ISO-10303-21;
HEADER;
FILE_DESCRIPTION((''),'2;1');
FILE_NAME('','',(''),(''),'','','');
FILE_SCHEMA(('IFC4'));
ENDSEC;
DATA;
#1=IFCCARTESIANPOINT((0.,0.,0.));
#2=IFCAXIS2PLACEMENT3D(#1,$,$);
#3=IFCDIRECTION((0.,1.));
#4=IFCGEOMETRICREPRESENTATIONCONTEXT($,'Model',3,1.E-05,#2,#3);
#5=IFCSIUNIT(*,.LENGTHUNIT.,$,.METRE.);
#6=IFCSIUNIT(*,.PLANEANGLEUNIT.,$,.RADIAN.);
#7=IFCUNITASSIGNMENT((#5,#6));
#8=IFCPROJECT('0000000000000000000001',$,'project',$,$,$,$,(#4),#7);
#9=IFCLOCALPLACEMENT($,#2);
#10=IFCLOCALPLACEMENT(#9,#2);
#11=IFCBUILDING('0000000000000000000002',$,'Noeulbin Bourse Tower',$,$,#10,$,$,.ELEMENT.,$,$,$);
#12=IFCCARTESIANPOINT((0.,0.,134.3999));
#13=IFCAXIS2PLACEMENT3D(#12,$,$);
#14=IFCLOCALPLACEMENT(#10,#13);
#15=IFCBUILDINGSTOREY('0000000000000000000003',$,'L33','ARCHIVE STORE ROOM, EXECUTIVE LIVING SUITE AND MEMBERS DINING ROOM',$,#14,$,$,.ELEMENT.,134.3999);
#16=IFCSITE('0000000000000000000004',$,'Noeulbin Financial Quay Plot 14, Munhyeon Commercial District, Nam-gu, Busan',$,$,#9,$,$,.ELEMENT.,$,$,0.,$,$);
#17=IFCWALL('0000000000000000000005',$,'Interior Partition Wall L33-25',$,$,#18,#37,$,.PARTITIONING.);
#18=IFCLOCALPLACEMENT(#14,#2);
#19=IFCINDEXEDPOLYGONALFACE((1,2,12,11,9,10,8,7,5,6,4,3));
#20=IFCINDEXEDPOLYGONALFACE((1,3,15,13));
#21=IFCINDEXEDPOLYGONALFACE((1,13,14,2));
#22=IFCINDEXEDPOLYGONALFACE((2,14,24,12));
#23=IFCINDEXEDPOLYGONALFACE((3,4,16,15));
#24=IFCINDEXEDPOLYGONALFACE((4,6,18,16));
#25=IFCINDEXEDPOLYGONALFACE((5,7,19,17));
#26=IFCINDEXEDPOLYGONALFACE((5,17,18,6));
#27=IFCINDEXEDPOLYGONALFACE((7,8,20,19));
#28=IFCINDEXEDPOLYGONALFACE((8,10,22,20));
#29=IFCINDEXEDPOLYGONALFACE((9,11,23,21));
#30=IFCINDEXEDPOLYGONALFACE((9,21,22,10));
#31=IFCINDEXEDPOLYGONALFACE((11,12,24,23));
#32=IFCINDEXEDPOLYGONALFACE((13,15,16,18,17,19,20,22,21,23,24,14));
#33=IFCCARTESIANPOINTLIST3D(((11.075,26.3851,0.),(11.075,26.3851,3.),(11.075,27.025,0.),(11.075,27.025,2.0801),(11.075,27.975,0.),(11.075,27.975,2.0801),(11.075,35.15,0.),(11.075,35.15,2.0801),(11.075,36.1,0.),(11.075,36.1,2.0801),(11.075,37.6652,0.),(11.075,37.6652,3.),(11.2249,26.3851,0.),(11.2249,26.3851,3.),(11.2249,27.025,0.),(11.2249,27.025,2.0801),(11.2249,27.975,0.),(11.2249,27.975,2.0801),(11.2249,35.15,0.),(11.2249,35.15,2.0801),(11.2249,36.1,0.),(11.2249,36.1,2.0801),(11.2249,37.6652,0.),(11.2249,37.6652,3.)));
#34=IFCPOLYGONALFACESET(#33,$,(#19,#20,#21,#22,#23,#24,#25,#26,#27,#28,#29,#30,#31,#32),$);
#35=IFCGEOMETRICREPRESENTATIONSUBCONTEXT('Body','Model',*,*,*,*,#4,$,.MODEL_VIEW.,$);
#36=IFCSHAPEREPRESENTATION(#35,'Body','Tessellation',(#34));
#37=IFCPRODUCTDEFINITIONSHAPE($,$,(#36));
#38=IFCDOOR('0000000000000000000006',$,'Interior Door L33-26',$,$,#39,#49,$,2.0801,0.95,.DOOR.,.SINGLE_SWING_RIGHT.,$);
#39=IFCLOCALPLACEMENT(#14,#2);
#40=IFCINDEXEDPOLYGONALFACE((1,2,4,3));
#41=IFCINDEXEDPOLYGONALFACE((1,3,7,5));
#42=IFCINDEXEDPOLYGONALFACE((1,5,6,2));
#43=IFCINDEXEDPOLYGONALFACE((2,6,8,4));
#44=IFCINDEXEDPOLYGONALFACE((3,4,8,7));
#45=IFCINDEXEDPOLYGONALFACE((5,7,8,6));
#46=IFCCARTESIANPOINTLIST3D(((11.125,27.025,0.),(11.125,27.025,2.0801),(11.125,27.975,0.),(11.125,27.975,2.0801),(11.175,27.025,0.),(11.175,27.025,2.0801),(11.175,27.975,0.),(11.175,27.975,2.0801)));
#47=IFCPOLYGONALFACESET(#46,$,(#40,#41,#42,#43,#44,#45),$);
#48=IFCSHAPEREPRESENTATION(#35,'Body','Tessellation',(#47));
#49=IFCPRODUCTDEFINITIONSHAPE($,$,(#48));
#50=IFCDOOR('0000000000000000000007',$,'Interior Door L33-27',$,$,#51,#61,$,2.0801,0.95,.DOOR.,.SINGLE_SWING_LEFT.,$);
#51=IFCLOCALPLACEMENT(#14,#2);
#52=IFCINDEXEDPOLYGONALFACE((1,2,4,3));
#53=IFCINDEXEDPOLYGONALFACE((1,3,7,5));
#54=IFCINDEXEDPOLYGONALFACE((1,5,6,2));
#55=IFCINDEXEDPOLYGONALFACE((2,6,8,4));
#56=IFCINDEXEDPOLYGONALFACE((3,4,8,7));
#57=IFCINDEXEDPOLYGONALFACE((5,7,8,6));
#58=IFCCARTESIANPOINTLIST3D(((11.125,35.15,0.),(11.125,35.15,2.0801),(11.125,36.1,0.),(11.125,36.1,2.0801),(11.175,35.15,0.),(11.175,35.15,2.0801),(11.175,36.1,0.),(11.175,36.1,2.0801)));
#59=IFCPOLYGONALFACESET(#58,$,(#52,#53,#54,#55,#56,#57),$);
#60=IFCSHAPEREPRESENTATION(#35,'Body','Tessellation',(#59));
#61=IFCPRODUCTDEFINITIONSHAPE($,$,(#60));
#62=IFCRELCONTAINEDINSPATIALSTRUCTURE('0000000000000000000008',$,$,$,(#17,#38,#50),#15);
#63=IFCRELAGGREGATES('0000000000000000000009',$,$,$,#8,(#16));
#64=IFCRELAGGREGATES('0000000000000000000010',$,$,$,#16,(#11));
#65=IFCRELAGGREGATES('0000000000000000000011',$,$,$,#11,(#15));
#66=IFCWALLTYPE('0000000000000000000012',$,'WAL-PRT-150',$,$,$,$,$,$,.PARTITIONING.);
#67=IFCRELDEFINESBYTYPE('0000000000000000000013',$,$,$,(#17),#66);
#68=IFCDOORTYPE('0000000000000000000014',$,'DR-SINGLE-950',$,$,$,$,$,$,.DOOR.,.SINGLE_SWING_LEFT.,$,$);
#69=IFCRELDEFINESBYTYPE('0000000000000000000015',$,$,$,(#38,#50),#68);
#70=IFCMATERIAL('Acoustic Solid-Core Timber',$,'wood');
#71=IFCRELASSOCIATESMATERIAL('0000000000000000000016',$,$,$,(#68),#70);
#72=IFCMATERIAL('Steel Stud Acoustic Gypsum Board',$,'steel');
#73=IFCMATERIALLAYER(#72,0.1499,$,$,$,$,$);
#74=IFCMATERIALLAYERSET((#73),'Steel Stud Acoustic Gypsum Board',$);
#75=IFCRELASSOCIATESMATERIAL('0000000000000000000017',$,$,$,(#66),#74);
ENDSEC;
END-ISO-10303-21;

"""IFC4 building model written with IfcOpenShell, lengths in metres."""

from ifc_helpers import new_model, si_unit, direction, frame, frame_2d, origin, place, context, subcontext, project, spatial, rectangle, extrude, material, layer, layer_set, type_object, element, fill, save


model = new_model("IFC4")

# Units and contexts
model_context = context("Model", 3, precision=1e-05, world=origin(), true_north=direction((0.0, 1.0)))
body_context = subcontext(model_context, "Body", "Model", "MODEL_VIEW")
ifc_project = project(units=[si_unit("LENGTHUNIT", "METRE"), si_unit("PLANEANGLEUNIT", "RADIAN")], contexts=[model_context])

# Site, building, storey
site_placement = place(None, origin())
site = spatial("IfcSite", under=ifc_project, at=site_placement, Name="Noeulbin Financial Quay Plot 14, Munhyeon Commercial District, Nam-gu, Busan", CompositionType="ELEMENT", RefElevation=0.0)
building_placement = place(site_placement, origin())
building = spatial("IfcBuilding", under=site, at=building_placement, Name="Noeulbin Bourse Tower", CompositionType="ELEMENT")
storey_placement = place(building_placement, frame((0.0, 0.0, 134.3999)))
storey = spatial("IfcBuildingStorey", under=building, at=storey_placement, Name="L33", Description="ARCHIVE STORE ROOM, EXECUTIVE LIVING SUITE AND MEMBERS DINING ROOM", CompositionType="ELEMENT", Elevation=134.3999)

# Shared definitions
ifc_material_1 = material(Name="Acoustic Solid-Core Timber", Category="wood")
door_type_1 = type_object("IfcDoorType", Name="DR-SINGLE-950", OperationType="SINGLE_SWING_LEFT", PredefinedType="DOOR", material=ifc_material_1)

# Wall, openings, doors
ifc_material_2 = material(Name="Steel Stud Acoustic Gypsum Board", Category="steel")
ifc_layer_1 = layer(ifc_material_2, 0.1499)
ifc_layer_set_1 = layer_set([ifc_layer_1], Name="Steel Stud Acoustic Gypsum Board")
wall_type_1 = type_object("IfcWallType", Name="WAL-PRT-150", PredefinedType="PARTITIONING", material=ifc_layer_set_1)
wall_1_placement = place(storey_placement, frame((11.1499, 26.385, 0.0), z_axis=(0.0, 0.0, 1.0), x_axis=(0.0, 1.0, 0.0)))
wall_1 = element("IfcWall", 1, at=wall_1_placement, inside=storey, type_object=wall_type_1, Name="Interior Partition Wall L33-25", PredefinedType="PARTITIONING", context=body_context, shape_type="SweptSolid", body=[
    extrude(rectangle(XDim=11.28, YDim=0.1499, at=frame_2d((5.6401, 0.0))), origin(), (0.0, 0.0, 1.0), 3.0),
])
opening_1_placement = place(wall_1_placement, frame((0.6399, 0.0, 0.0)))
opening_1 = element("IfcOpeningElement", 2, at=opening_1_placement, cuts=wall_1, PredefinedType="OPENING", context=body_context, shape_type="SweptSolid", body=[
    extrude(rectangle(XDim=0.95, YDim=2.0801, at=frame_2d((0.4751, 1.04))), frame((0.0, 0.085, 0.0), z_axis=(0.0, -1.0, 0.0), x_axis=(1.0, 0.0, 0.0)), (0.0, 0.0, 1.0), 0.1699),
])
opening_2_placement = place(wall_1_placement, frame((8.7649, 0.0, 0.0)))
opening_2 = element("IfcOpeningElement", 3, at=opening_2_placement, cuts=wall_1, PredefinedType="OPENING", context=body_context, shape_type="SweptSolid", body=[
    extrude(rectangle(XDim=0.95, YDim=2.0801, at=frame_2d((0.4751, 1.04))), frame((0.0, 0.085, 0.0), z_axis=(0.0, -1.0, 0.0), x_axis=(1.0, 0.0, 0.0)), (0.0, 0.0, 1.0), 0.1699),
])
door_1_placement = place(opening_1_placement, origin())
door_1 = element("IfcDoor", 4, at=door_1_placement, inside=storey, type_object=door_type_1, Name="Interior Door L33-26", OperationType="SINGLE_SWING_RIGHT", OverallHeight=2.0801, OverallWidth=0.95, PredefinedType="DOOR", context=body_context, shape_type="SweptSolid", body=[
    extrude(rectangle(XDim=0.95, YDim=2.0801, at=frame_2d((0.4751, 1.04))), frame((0.0, 0.0249, 0.0), z_axis=(0.0, -1.0, 0.0), x_axis=(1.0, 0.0, 0.0)), (0.0, 0.0, 1.0), 0.05),
])
fill(opening_1, door_1)
door_2_placement = place(opening_2_placement, origin())
door_2 = element("IfcDoor", 5, at=door_2_placement, inside=storey, type_object=door_type_1, Name="Interior Door L33-27", OperationType="SINGLE_SWING_LEFT", OverallHeight=2.0801, OverallWidth=0.95, PredefinedType="DOOR", context=body_context, shape_type="SweptSolid", body=[
    extrude(rectangle(XDim=0.95, YDim=2.0801, at=frame_2d((0.4751, 1.04))), frame((0.0, 0.0249, 0.0), z_axis=(0.0, -1.0, 0.0), x_axis=(1.0, 0.0, 0.0)), (0.0, 0.0, 1.0), 0.05),
])
fill(opening_2, door_2)

save(model, "model.ifc")
